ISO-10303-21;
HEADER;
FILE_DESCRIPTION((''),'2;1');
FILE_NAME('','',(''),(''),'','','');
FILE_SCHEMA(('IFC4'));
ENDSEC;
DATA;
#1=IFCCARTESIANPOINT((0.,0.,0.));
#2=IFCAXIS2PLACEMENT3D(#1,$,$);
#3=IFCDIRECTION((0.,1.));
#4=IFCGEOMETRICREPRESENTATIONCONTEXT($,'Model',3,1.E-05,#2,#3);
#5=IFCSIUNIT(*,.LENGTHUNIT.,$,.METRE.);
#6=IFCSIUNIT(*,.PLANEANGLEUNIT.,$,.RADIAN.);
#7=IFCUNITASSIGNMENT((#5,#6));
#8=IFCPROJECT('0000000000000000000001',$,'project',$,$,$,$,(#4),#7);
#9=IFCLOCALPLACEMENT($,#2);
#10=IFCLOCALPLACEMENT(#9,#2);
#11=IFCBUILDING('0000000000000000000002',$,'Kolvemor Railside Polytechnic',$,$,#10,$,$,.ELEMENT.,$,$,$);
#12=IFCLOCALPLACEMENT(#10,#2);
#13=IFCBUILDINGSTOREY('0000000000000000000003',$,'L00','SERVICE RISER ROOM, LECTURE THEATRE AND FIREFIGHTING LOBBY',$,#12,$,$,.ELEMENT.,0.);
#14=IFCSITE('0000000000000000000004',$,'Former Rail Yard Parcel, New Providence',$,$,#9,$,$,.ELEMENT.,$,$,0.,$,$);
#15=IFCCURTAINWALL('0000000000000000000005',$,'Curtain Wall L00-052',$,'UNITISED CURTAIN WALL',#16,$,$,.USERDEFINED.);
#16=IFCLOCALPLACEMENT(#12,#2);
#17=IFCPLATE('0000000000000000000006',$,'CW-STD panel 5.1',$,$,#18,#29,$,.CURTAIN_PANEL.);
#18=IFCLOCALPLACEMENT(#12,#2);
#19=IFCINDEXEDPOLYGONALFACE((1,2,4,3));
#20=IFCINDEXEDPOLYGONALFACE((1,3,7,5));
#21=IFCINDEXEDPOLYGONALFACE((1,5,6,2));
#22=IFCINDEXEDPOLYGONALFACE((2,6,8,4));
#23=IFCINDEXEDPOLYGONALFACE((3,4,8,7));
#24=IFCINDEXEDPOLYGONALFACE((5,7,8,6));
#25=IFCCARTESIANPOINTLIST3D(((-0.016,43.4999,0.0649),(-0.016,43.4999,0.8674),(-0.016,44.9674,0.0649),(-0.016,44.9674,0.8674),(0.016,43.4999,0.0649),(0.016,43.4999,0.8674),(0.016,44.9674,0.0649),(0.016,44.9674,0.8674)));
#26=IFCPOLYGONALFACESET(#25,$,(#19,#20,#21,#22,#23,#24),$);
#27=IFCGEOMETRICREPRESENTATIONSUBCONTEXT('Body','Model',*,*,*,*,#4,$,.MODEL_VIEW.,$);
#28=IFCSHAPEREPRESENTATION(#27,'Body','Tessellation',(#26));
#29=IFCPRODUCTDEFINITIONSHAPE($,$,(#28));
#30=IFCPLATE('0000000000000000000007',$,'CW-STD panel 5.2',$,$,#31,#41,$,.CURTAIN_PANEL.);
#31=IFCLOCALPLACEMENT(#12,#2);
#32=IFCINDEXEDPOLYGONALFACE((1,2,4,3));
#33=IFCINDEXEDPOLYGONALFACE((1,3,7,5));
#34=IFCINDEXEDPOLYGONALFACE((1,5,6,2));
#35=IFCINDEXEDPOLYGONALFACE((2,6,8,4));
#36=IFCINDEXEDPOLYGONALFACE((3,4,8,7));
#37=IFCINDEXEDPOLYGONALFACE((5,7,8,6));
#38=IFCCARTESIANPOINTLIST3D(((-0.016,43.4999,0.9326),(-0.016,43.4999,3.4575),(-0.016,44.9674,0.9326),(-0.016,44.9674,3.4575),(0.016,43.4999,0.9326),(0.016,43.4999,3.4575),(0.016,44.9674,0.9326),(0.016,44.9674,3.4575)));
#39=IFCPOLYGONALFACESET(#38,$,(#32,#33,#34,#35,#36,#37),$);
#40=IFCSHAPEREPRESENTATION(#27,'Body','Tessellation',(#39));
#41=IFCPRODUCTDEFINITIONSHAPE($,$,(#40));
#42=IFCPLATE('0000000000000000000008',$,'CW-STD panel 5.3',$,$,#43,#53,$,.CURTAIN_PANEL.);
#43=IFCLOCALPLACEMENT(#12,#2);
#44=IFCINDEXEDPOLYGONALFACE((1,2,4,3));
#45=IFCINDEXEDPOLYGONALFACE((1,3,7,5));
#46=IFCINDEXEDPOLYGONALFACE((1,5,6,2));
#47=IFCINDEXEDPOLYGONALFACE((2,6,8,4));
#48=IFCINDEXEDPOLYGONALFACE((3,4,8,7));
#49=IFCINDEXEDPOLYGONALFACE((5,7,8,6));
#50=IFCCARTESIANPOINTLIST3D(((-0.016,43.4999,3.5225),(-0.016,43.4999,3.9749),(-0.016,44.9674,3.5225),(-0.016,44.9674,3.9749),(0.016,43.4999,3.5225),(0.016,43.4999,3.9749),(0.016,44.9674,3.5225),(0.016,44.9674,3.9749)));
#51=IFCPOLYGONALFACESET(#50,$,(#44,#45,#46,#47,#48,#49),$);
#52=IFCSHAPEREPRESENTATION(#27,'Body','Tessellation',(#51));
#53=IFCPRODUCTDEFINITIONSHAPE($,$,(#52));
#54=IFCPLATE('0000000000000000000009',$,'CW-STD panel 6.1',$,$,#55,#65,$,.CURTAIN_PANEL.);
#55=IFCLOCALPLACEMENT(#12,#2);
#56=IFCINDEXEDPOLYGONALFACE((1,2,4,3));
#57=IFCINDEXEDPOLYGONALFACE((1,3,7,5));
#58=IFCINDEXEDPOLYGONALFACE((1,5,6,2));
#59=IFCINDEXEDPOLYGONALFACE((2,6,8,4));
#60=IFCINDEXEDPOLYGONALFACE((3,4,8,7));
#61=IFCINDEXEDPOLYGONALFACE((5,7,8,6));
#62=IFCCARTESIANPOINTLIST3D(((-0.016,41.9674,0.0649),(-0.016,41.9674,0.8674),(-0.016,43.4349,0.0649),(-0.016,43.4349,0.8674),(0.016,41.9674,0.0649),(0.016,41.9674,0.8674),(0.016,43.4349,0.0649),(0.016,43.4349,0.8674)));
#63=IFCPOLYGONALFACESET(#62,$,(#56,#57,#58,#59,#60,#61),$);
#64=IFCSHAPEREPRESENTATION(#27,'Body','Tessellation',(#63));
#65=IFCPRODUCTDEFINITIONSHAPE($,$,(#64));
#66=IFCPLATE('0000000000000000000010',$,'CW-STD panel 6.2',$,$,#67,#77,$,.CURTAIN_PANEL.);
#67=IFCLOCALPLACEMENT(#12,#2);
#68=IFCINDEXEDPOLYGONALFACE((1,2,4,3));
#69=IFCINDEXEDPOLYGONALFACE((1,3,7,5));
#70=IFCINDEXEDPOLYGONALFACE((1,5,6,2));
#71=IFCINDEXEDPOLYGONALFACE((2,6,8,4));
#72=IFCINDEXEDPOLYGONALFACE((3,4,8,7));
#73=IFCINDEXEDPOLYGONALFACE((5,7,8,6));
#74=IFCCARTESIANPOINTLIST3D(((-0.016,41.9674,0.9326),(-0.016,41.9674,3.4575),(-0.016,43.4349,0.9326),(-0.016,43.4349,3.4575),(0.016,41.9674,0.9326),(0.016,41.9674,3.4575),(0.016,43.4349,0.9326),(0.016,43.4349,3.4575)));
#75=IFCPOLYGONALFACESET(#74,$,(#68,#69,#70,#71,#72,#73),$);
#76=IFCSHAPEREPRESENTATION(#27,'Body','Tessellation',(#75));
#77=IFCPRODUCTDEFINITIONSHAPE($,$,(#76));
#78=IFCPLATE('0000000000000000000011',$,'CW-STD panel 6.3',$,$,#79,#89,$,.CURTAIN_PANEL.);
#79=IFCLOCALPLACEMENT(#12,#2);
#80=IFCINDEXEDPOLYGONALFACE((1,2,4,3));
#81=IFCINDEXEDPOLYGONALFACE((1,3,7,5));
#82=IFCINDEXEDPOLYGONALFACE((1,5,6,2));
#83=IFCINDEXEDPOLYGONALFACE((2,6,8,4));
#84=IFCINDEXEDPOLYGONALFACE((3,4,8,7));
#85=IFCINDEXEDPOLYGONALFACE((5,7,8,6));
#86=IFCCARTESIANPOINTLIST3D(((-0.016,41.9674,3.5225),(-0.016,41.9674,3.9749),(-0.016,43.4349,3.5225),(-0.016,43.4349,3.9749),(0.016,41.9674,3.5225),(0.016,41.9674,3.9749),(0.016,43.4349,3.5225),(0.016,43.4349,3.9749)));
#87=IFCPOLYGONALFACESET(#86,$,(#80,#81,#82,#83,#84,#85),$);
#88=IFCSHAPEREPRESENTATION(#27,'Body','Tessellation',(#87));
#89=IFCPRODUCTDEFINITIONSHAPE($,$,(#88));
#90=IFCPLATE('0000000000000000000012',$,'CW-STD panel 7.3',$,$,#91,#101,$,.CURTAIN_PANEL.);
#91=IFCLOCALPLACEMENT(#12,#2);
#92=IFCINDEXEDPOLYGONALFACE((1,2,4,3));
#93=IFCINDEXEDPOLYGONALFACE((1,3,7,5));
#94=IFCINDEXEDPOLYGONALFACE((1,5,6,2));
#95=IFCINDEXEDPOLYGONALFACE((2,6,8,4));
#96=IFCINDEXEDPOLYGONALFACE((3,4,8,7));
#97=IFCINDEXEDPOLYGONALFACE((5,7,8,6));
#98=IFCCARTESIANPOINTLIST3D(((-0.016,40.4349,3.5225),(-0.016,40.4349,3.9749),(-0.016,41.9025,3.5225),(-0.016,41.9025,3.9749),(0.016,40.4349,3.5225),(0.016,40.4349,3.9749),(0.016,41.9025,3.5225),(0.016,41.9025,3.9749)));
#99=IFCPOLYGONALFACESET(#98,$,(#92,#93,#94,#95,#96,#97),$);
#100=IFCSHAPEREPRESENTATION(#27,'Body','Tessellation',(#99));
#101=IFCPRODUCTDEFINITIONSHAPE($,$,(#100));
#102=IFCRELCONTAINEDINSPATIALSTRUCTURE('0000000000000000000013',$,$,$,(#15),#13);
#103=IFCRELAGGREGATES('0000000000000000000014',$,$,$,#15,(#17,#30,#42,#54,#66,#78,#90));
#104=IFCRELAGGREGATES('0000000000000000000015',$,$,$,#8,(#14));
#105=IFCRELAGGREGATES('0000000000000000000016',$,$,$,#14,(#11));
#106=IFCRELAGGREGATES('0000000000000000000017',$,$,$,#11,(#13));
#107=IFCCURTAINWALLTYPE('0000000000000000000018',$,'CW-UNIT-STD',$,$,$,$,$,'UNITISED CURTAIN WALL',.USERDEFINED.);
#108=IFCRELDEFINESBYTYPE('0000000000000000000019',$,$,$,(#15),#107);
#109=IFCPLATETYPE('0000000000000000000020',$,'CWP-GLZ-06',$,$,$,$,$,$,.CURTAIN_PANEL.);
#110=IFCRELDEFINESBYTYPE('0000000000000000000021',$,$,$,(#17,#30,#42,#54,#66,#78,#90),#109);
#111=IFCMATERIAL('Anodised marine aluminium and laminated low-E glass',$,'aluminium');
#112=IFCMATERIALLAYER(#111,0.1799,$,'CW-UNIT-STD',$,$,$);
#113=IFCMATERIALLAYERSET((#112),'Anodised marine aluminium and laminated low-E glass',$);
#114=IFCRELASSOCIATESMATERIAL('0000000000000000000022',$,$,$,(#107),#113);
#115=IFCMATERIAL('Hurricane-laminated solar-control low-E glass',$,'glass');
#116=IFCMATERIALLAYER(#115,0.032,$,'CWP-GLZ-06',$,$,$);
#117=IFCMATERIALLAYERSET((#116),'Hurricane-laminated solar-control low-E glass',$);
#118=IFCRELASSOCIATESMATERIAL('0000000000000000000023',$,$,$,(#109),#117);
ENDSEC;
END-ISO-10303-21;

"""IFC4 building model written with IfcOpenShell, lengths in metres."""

from ifc_helpers import new_model, si_unit, direction, frame, origin, origin_2d, place, context, subcontext, project, spatial, rectangle, extrude, material, layer, layer_set, type_object, element, aggregate, save


model = new_model("IFC4")

# Units and contexts
model_context = context("Model", 3, precision=1e-05, world=origin(), true_north=direction((0.0, 1.0)))
body_context = subcontext(model_context, "Body", "Model", "MODEL_VIEW")
ifc_project = project(units=[si_unit("LENGTHUNIT", "METRE"), si_unit("PLANEANGLEUNIT", "RADIAN")], contexts=[model_context])

# Site, building, storey
site_placement = place(None, origin())
site = spatial("IfcSite", under=ifc_project, at=site_placement, Name="Former Rail Yard Parcel, New Providence", CompositionType="ELEMENT", RefElevation=0.0)
building_placement = place(site_placement, origin())
building = spatial("IfcBuilding", under=site, at=building_placement, Name="Kolvemor Railside Polytechnic", CompositionType="ELEMENT")
storey_placement = place(building_placement, origin())
storey = spatial("IfcBuildingStorey", under=building, at=storey_placement, Name="L00", Description="SERVICE RISER ROOM, LECTURE THEATRE AND FIREFIGHTING LOBBY", CompositionType="ELEMENT", Elevation=0.0)

# Curtain wall, plates
ifc_material_1 = material(Name="Anodised marine aluminium and laminated low-E glass", Category="aluminium")
ifc_layer_1 = layer(ifc_material_1, 0.1799, Name="CW-UNIT-STD")
ifc_layer_set_1 = layer_set([ifc_layer_1], Name="Anodised marine aluminium and laminated low-E glass")
curtain_wall_type = type_object("IfcCurtainWallType", Name="CW-UNIT-STD", ElementType="UNITISED CURTAIN WALL", PredefinedType="USERDEFINED", material=ifc_layer_set_1)
curtain_wall_placement = place(storey_placement, origin())
curtain_wall = element("IfcCurtainWall", 1, at=curtain_wall_placement, inside=storey, type_object=curtain_wall_type, Name="Curtain Wall L00-052", ObjectType="UNITISED CURTAIN WALL", PredefinedType="USERDEFINED")
ifc_material_2 = material(Name="Hurricane-laminated solar-control low-E glass", Category="glass")
ifc_layer_2 = layer(ifc_material_2, 0.032, Name="CWP-GLZ-06")
ifc_layer_set_2 = layer_set([ifc_layer_2], Name="Hurricane-laminated solar-control low-E glass")
plate_type = type_object("IfcPlateType", Name="CWP-GLZ-06", PredefinedType="CURTAIN_PANEL", material=ifc_layer_set_2)
plate_1_placement = place(storey_placement, frame((0.0, 44.2336, 0.0649), z_axis=(0.0, 0.0, 1.0), x_axis=(0.0, -1.0, 0.0)))
plate_1 = element("IfcPlate", 2, at=plate_1_placement, type_object=plate_type, Name="CW-STD panel 5.1", PredefinedType="CURTAIN_PANEL", context=body_context, shape_type="SweptSolid", body=[
    extrude(rectangle(XDim=1.4675, YDim=0.032, at=origin_2d()), origin(), (0.0, 0.0, 1.0), 0.8025),
])
plate_2_placement = place(storey_placement, frame((0.0, 44.2336, 0.9326), z_axis=(0.0, 0.0, 1.0), x_axis=(0.0, -1.0, 0.0)))
plate_2 = element("IfcPlate", 3, at=plate_2_placement, type_object=plate_type, Name="CW-STD panel 5.2", PredefinedType="CURTAIN_PANEL", context=body_context, shape_type="SweptSolid", body=[
    extrude(rectangle(XDim=1.4675, YDim=0.032, at=origin_2d()), origin(), (0.0, 0.0, 1.0), 2.5249),
])
plate_3_placement = place(storey_placement, frame((0.0, 44.2336, 3.5225), z_axis=(0.0, 0.0, 1.0), x_axis=(0.0, -1.0, 0.0)))
plate_3 = element("IfcPlate", 4, at=plate_3_placement, type_object=plate_type, Name="CW-STD panel 5.3", PredefinedType="CURTAIN_PANEL", context=body_context, shape_type="SweptSolid", body=[
    extrude(rectangle(XDim=1.4675, YDim=0.032, at=origin_2d()), origin(), (0.0, 0.0, 1.0), 0.4524),
])
plate_4_placement = place(storey_placement, frame((0.0, 42.7012, 0.0649), z_axis=(0.0, 0.0, 1.0), x_axis=(0.0, -1.0, 0.0)))
plate_4 = element("IfcPlate", 5, at=plate_4_placement, type_object=plate_type, Name="CW-STD panel 6.1", PredefinedType="CURTAIN_PANEL", context=body_context, shape_type="SweptSolid", body=[
    extrude(rectangle(XDim=1.4675, YDim=0.032, at=origin_2d()), origin(), (0.0, 0.0, 1.0), 0.8025),
])
plate_5_placement = place(storey_placement, frame((0.0, 42.7012, 0.9326), z_axis=(0.0, 0.0, 1.0), x_axis=(0.0, -1.0, 0.0)))
plate_5 = element("IfcPlate", 6, at=plate_5_placement, type_object=plate_type, Name="CW-STD panel 6.2", PredefinedType="CURTAIN_PANEL", context=body_context, shape_type="SweptSolid", body=[
    extrude(rectangle(XDim=1.4675, YDim=0.032, at=origin_2d()), origin(), (0.0, 0.0, 1.0), 2.5249),
])
plate_6_placement = place(storey_placement, frame((0.0, 42.7012, 3.5225), z_axis=(0.0, 0.0, 1.0), x_axis=(0.0, -1.0, 0.0)))
plate_6 = element("IfcPlate", 7, at=plate_6_placement, type_object=plate_type, Name="CW-STD panel 6.3", PredefinedType="CURTAIN_PANEL", context=body_context, shape_type="SweptSolid", body=[
    extrude(rectangle(XDim=1.4675, YDim=0.032, at=origin_2d()), origin(), (0.0, 0.0, 1.0), 0.4524),
])
plate_7_placement = place(storey_placement, frame((0.0, 41.1687, 3.5225), z_axis=(0.0, 0.0, 1.0), x_axis=(0.0, -1.0, 0.0)))
plate_7 = element("IfcPlate", 8, at=plate_7_placement, type_object=plate_type, Name="CW-STD panel 7.3", PredefinedType="CURTAIN_PANEL", context=body_context, shape_type="SweptSolid", body=[
    extrude(rectangle(XDim=1.4675, YDim=0.032, at=origin_2d()), origin(), (0.0, 0.0, 1.0), 0.4524),
])
aggregate(curtain_wall, [plate_1, plate_2, plate_3, plate_4, plate_5, plate_6, plate_7])

save(model, "model.ifc")
